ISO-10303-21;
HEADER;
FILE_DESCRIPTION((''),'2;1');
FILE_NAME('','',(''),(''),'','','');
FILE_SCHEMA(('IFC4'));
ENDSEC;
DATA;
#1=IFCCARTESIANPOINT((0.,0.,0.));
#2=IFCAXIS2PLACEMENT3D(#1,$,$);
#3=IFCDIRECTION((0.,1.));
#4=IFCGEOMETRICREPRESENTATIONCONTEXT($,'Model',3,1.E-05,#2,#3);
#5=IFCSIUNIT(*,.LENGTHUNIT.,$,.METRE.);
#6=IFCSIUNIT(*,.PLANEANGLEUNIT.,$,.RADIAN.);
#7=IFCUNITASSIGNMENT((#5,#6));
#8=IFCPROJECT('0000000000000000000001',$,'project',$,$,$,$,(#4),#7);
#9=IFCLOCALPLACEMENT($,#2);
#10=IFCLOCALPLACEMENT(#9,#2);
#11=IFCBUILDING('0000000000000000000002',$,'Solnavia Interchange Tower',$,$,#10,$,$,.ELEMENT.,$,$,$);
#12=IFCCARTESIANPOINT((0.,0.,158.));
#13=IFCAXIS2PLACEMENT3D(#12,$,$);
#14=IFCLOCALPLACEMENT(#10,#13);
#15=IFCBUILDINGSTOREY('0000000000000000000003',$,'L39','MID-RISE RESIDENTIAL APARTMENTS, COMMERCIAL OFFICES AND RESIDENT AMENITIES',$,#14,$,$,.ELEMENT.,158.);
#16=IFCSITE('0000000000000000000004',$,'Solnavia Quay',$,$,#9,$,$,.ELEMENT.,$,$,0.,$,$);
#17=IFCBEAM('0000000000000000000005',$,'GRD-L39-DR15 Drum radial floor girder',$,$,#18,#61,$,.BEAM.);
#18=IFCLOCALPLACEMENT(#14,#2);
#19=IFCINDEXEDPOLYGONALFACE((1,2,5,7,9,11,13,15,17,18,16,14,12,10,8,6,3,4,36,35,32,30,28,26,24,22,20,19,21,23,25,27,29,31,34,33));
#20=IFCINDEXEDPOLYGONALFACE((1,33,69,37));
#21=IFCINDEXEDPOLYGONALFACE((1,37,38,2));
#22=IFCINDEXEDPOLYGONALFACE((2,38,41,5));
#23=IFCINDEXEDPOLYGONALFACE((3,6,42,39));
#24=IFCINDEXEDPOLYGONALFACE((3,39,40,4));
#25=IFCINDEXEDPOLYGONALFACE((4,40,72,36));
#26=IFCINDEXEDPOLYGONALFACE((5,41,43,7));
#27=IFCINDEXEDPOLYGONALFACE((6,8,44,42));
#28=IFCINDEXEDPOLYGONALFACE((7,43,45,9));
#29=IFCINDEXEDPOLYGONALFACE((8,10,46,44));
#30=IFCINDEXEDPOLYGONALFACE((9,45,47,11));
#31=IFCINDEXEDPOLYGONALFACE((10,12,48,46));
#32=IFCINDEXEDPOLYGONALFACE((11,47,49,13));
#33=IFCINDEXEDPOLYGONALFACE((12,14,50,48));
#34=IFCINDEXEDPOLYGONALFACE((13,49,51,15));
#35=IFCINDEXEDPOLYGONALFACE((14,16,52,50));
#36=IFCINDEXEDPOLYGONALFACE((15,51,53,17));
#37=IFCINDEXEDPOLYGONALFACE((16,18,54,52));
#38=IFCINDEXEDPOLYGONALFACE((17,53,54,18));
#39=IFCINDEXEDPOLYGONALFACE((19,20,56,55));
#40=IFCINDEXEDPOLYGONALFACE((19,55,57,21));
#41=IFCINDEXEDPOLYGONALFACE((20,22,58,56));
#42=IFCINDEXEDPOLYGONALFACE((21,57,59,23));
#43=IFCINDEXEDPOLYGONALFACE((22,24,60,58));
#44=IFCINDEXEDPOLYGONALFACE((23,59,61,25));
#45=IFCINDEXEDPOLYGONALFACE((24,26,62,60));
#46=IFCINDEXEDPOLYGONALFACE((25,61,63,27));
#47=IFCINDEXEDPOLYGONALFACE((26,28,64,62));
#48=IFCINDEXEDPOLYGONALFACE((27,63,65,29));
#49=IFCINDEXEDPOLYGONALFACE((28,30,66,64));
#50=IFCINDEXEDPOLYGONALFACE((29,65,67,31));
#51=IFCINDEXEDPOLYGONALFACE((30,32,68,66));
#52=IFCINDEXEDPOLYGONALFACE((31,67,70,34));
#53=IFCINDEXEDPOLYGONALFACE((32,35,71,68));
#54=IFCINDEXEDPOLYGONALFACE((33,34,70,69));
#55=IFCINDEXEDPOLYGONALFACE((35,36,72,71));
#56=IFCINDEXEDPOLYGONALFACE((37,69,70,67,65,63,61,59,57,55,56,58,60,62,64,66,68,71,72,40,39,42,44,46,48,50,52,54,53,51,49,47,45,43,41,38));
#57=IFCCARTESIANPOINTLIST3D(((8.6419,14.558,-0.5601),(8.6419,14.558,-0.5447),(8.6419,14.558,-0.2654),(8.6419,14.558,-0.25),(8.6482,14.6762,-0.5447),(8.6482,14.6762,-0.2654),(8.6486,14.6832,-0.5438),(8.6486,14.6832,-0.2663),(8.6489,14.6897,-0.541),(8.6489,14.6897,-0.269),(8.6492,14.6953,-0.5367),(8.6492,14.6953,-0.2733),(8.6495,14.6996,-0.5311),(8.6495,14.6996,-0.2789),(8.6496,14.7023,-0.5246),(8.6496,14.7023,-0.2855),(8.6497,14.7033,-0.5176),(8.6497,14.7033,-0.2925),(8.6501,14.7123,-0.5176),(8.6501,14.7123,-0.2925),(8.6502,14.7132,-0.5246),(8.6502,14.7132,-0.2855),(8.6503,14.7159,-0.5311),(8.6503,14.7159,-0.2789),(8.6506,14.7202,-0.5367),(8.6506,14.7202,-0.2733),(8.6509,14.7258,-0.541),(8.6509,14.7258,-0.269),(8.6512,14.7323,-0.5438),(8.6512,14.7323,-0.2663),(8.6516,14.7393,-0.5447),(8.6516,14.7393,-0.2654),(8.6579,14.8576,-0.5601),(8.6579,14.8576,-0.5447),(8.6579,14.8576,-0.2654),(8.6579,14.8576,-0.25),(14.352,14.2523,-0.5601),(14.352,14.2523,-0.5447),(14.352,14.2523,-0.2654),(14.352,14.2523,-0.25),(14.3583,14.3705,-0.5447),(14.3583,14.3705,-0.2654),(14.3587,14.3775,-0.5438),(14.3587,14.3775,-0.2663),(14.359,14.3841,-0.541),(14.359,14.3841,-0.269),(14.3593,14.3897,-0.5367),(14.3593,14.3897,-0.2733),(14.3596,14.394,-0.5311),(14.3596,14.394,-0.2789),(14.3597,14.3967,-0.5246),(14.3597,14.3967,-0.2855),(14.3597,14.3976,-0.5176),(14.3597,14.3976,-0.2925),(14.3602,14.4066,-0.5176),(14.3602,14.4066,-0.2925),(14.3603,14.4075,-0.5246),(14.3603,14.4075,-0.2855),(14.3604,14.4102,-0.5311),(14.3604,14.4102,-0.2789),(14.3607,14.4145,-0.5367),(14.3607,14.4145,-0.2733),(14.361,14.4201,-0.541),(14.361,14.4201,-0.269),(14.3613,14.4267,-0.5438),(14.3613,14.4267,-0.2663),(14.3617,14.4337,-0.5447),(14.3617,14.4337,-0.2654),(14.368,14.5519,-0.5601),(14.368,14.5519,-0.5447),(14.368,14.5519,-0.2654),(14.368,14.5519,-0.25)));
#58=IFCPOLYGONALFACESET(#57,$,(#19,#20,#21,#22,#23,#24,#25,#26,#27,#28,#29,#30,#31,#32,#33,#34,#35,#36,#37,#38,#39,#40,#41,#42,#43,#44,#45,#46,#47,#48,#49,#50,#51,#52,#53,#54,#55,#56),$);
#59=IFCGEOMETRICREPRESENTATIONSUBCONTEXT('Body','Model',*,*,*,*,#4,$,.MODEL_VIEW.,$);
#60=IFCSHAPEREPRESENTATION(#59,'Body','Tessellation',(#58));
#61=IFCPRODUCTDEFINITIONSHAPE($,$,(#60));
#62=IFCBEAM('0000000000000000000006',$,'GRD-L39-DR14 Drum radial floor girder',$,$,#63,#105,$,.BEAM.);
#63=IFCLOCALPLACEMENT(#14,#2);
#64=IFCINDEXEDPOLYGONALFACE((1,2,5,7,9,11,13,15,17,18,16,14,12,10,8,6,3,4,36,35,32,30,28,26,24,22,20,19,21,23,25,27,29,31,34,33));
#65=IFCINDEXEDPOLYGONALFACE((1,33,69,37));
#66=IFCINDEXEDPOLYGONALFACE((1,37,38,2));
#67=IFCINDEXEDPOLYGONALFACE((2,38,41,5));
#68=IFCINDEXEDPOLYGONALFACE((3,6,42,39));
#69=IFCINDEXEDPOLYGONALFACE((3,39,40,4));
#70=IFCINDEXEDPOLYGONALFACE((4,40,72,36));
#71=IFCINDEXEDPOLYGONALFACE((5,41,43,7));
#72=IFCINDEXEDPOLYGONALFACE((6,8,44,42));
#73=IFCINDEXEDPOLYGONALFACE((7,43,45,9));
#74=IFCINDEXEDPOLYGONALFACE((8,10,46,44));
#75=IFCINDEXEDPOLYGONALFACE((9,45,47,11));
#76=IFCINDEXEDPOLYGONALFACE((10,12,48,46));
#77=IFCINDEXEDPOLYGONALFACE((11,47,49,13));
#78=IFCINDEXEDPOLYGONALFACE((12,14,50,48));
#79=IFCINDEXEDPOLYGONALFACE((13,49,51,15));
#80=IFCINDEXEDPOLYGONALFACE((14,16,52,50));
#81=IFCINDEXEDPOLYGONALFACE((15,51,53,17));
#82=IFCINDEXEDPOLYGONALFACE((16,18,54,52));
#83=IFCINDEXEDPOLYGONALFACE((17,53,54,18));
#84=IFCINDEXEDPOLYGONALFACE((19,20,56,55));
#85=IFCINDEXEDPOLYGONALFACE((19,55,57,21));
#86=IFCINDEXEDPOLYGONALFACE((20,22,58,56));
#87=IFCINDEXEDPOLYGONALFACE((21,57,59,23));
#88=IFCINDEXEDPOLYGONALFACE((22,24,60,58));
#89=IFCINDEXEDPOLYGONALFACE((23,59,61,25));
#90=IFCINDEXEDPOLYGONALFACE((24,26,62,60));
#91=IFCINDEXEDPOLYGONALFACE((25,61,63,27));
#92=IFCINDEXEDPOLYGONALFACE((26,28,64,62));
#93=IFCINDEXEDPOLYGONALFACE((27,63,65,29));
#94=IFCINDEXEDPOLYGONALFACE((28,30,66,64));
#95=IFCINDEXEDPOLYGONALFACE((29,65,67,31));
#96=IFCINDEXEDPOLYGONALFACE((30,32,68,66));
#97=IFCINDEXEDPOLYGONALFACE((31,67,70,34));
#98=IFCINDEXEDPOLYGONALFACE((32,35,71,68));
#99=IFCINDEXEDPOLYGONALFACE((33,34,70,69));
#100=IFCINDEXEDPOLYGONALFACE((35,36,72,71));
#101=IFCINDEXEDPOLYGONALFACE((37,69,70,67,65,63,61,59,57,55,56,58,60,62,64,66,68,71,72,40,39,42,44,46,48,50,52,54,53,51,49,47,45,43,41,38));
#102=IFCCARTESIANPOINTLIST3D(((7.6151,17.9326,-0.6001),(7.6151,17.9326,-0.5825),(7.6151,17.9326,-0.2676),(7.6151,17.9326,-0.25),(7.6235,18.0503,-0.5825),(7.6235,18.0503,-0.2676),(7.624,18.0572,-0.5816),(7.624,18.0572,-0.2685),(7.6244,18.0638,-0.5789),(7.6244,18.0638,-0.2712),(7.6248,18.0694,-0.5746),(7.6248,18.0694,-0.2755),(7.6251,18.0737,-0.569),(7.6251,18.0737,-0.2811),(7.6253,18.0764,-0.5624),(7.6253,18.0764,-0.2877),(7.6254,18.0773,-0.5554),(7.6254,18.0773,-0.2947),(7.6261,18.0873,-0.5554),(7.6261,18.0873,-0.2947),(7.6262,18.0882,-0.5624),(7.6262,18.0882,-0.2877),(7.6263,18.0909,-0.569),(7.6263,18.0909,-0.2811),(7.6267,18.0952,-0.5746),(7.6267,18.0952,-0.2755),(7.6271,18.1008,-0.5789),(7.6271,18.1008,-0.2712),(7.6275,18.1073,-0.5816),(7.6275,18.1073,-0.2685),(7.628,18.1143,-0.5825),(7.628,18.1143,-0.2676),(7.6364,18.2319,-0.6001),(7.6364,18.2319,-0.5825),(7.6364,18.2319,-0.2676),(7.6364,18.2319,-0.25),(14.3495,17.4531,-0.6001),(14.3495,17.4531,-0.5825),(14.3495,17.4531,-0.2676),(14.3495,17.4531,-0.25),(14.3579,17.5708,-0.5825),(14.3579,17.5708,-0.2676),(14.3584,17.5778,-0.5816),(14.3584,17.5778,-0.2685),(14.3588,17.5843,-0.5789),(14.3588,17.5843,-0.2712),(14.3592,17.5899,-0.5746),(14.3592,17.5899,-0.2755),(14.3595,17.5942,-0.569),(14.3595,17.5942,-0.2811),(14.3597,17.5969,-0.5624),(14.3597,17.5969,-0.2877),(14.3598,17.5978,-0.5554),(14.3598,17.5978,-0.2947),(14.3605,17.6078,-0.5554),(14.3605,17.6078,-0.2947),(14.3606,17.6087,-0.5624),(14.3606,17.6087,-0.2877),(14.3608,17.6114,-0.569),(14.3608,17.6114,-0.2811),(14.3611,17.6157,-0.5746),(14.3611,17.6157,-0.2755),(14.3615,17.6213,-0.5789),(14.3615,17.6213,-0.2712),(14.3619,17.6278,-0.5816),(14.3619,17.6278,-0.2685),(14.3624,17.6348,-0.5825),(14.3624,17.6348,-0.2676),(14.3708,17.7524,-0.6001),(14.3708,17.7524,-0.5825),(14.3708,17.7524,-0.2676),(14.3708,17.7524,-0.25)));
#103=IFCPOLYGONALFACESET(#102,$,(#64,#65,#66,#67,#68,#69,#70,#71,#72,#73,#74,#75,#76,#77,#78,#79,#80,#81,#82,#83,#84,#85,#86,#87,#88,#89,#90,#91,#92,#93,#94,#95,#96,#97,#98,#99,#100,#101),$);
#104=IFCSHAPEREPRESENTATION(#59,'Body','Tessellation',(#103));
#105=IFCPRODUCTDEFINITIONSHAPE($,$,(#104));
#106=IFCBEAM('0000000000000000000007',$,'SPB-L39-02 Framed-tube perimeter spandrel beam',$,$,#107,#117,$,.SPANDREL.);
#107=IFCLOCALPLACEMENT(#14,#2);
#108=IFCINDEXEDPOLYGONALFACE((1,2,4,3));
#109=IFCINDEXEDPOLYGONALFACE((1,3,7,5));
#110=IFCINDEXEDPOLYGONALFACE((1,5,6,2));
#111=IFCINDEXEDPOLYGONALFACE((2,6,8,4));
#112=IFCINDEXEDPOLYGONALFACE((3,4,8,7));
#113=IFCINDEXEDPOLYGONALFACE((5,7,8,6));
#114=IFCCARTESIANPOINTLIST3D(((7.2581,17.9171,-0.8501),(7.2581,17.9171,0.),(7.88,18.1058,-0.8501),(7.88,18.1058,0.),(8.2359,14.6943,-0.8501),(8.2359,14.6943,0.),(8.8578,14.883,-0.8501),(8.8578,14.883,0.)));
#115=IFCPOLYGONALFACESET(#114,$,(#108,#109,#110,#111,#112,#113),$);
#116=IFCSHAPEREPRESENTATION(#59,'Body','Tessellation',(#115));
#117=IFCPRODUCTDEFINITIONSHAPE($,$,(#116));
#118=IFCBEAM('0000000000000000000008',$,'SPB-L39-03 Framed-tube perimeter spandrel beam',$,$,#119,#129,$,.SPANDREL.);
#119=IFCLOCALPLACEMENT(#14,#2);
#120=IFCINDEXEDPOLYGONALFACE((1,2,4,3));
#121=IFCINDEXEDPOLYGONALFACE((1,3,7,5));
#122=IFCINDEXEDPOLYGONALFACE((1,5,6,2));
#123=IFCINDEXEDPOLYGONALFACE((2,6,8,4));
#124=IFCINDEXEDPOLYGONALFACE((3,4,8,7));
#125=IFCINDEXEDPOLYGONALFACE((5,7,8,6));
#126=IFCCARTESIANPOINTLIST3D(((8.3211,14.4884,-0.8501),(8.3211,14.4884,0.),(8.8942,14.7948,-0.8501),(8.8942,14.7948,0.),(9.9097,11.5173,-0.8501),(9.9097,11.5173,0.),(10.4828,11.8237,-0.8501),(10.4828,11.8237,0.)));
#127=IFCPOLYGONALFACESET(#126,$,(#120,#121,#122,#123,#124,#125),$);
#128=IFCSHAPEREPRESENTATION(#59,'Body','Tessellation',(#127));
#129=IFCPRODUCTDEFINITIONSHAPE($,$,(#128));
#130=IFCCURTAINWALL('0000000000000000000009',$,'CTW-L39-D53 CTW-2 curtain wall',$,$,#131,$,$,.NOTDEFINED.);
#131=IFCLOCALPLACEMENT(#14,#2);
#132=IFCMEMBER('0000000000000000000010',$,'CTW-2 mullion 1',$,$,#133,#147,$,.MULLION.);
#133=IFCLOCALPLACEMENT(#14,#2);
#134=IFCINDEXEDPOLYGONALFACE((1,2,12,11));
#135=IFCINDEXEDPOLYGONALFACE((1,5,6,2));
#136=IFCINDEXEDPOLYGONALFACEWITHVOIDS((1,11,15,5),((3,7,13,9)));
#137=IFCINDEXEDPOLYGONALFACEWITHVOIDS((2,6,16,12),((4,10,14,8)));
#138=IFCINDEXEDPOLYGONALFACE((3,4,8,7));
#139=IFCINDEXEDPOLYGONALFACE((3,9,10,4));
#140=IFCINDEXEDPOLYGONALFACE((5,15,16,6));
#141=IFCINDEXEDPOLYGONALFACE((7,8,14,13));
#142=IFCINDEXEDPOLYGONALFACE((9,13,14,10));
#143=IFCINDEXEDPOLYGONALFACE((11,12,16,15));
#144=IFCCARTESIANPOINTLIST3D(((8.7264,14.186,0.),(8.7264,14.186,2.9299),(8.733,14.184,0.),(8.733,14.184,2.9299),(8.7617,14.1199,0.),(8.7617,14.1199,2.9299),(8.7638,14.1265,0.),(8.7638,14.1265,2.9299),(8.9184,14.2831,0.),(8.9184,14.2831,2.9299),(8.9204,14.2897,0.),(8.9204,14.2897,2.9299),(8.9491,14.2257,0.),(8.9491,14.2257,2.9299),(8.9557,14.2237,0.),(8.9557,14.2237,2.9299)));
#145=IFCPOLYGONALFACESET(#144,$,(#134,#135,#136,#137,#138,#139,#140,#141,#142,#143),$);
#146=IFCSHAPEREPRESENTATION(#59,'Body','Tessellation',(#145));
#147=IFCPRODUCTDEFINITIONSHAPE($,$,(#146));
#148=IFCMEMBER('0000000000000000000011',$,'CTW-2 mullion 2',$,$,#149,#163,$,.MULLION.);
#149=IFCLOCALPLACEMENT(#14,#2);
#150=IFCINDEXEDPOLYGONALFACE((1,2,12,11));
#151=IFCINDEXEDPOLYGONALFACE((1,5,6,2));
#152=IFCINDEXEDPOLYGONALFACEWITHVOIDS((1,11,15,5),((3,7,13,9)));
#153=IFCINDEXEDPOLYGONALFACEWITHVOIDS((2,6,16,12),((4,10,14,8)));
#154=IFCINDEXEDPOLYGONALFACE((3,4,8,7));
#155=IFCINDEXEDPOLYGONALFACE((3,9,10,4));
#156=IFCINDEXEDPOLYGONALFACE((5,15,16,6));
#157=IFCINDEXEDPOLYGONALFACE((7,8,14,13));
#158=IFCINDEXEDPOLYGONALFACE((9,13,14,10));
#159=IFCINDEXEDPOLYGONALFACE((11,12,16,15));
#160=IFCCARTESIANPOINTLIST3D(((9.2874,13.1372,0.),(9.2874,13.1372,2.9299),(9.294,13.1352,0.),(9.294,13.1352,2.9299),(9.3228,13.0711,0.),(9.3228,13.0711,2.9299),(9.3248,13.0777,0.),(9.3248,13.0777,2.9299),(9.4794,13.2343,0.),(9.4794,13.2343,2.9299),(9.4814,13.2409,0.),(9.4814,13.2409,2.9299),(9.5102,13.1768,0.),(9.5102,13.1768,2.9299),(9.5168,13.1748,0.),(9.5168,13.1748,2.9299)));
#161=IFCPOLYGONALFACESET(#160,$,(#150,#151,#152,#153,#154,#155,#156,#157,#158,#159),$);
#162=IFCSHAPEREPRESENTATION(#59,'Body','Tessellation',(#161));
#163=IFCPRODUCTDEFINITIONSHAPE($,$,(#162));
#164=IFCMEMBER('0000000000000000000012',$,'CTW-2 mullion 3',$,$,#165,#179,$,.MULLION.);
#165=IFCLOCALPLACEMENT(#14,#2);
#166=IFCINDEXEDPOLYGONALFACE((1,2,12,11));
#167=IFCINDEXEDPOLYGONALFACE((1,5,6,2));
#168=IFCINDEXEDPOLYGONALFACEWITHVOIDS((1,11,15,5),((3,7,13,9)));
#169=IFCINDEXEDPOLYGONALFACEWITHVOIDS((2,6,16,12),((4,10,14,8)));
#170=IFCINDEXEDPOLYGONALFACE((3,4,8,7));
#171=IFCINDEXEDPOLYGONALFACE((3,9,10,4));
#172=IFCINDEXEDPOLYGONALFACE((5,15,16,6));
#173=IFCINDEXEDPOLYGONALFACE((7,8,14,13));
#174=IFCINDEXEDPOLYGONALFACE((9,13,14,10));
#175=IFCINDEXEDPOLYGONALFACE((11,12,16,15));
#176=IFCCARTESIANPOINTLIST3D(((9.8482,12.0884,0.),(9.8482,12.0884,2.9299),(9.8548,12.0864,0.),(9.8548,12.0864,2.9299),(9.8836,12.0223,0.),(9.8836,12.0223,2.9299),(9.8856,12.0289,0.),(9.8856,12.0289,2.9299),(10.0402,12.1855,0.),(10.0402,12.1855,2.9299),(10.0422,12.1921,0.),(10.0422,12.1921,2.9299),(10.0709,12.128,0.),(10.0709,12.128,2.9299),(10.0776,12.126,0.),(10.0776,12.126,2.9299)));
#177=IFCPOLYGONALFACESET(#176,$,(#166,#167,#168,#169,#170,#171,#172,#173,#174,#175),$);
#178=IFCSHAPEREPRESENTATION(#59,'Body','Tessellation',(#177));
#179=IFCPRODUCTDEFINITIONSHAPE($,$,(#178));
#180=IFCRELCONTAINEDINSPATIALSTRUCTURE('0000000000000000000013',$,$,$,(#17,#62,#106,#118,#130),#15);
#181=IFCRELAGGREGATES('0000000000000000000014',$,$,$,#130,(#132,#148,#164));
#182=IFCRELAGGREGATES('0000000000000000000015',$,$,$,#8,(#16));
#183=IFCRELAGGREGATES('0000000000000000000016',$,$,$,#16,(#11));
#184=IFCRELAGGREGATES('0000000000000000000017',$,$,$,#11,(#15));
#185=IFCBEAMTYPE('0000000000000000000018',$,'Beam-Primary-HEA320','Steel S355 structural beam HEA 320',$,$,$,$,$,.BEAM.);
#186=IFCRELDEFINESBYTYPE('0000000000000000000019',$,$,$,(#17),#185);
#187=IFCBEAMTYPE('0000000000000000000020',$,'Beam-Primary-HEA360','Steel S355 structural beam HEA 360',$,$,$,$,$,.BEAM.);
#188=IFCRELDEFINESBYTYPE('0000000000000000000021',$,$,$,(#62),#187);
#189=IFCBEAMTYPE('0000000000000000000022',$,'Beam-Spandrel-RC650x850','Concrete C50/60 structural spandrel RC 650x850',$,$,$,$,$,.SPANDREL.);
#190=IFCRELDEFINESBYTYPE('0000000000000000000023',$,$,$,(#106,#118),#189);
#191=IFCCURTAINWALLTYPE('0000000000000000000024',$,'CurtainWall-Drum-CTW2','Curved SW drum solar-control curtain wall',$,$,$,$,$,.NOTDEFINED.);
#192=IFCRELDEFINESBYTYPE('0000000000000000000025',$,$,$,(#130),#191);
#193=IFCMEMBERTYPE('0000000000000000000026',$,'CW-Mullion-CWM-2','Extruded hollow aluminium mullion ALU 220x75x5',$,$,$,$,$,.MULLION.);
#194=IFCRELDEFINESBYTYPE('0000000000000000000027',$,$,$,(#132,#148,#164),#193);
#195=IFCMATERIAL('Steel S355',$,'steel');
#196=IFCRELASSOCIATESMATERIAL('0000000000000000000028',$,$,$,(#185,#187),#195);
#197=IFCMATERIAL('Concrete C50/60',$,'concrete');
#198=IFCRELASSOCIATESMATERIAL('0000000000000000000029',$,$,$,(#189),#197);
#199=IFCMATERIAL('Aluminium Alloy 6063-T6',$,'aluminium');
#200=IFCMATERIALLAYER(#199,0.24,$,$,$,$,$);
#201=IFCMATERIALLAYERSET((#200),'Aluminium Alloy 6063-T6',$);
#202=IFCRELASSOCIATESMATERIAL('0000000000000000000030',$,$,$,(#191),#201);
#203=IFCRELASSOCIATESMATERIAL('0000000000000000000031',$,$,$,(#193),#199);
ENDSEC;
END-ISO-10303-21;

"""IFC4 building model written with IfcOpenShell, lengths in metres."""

from ifc_helpers import new_model, si_unit, direction, frame, origin, origin_2d, place, context, subcontext, project, spatial, rectangle, hollow_rectangle, i_section, extrude, material, layer, layer_set, material_profile, profile_set, type_object, element, aggregate, save


model = new_model("IFC4")

# Units and contexts
model_context = context("Model", 3, precision=1e-05, world=origin(), true_north=direction((0.0, 1.0)))
body_context = subcontext(model_context, "Body", "Model", "MODEL_VIEW")
ifc_project = project(units=[si_unit("LENGTHUNIT", "METRE"), si_unit("PLANEANGLEUNIT", "RADIAN")], contexts=[model_context])

# Site, building, storey
site_placement = place(None, origin())
site = spatial("IfcSite", under=ifc_project, at=site_placement, Name="Solnavia Quay", CompositionType="ELEMENT", RefElevation=0.0)
building_placement = place(site_placement, origin())
building = spatial("IfcBuilding", under=site, at=building_placement, Name="Solnavia Interchange Tower", CompositionType="ELEMENT")
storey_placement = place(building_placement, frame((0.0, 0.0, 158.0)))
storey = spatial("IfcBuildingStorey", under=building, at=storey_placement, Name="L39", Description="MID-RISE RESIDENTIAL APARTMENTS, COMMERCIAL OFFICES AND RESIDENT AMENITIES", CompositionType="ELEMENT", Elevation=158.0)

# Shared definitions
ifc_material_1 = material(Name="Concrete C50/60", Category="concrete")

# Beams
ifc_material_2 = material(Name="Steel S355", Category="steel")
ifc_material_profile_1 = material_profile(ifc_material_2, i_section(OverallWidth=0.3, OverallDepth=0.3101, WebThickness=0.009, FlangeThickness=0.0154, FilletRadius=0.0271, at=origin_2d()), Name="HEA 320")
ifc_profile_set_1 = profile_set([ifc_material_profile_1], Name="Steel S355")
beam_type_1 = type_object("IfcBeamType", Name="Beam-Primary-HEA320", Description="Steel S355 structural beam HEA 320", PredefinedType="BEAM", material=ifc_profile_set_1)
beam_1_placement = place(storey_placement, frame((8.6499, 14.7078, -0.405), z_axis=(0.99857, -0.053453, 0.0), x_axis=(0.053453, 0.99857, 0.0)))
element("IfcBeam", 1, at=beam_1_placement, inside=storey, type_object=beam_type_1, Name="GRD-L39-DR15 Drum radial floor girder", PredefinedType="BEAM", context=body_context, shape_type="SweptSolid", body=[
    extrude(i_section(OverallWidth=0.3, OverallDepth=0.3101, WebThickness=0.009, FlangeThickness=0.0154, FilletRadius=0.0271, at=origin_2d()), origin(), (0.0, 0.0, 1.0), 5.7183),
])
ifc_material_profile_2 = material_profile(ifc_material_2, i_section(OverallWidth=0.3, OverallDepth=0.3501, WebThickness=0.01, FlangeThickness=0.0176, FilletRadius=0.0271, at=origin_2d()), Name="HEA 360")
ifc_profile_set_2 = profile_set([ifc_material_profile_2], Name="Steel S355")
beam_type_2 = type_object("IfcBeamType", Name="Beam-Primary-HEA360", Description="Steel S355 structural beam HEA 360", PredefinedType="BEAM", material=ifc_profile_set_2)
beam_2_placement = place(storey_placement, frame((7.6257, 18.0823, -0.425), z_axis=(0.997475, -0.071021, 0.0), x_axis=(0.071021, 0.997475, 0.0)))
element("IfcBeam", 2, at=beam_2_placement, inside=storey, type_object=beam_type_2, Name="GRD-L39-DR14 Drum radial floor girder", PredefinedType="BEAM", context=body_context, shape_type="SweptSolid", body=[
    extrude(i_section(OverallWidth=0.3, OverallDepth=0.3501, WebThickness=0.01, FlangeThickness=0.0176, FilletRadius=0.0271, at=origin_2d()), origin(), (0.0, 0.0, 1.0), 6.7515),
])
ifc_material_profile_3 = material_profile(ifc_material_1, rectangle(XDim=0.6499, YDim=0.8501, at=origin_2d()), Name="RC 650x850")
ifc_profile_set_3 = profile_set([ifc_material_profile_3], Name="Concrete C50/60")
beam_type_3 = type_object("IfcBeamType", Name="Beam-Spandrel-RC650x850", Description="Concrete C50/60 structural spandrel RC 650x850", PredefinedType="SPANDREL", material=ifc_profile_set_3)
beam_3_placement = place(storey_placement, frame((7.5691, 18.0115, -0.425), z_axis=(0.290319, -0.95693, 0.0), x_axis=(0.95693, 0.290319, 0.0)))
element("IfcBeam", 3, at=beam_3_placement, inside=storey, type_object=beam_type_3, Name="SPB-L39-02 Framed-tube perimeter spandrel beam", PredefinedType="SPANDREL", context=body_context, shape_type="SweptSolid", body=[
    extrude(rectangle(XDim=0.6499, YDim=0.8501, at=origin_2d()), origin(), (0.0, 0.0, 1.0), 3.3679),
])
beam_4_placement = place(storey_placement, frame((8.6077, 14.6416, -0.425), z_axis=(0.471509, -0.881861, 0.0), x_axis=(0.881861, 0.471509, 0.0)))
element("IfcBeam", 4, at=beam_4_placement, inside=storey, type_object=beam_type_3, Name="SPB-L39-03 Framed-tube perimeter spandrel beam", PredefinedType="SPANDREL", context=body_context, shape_type="SweptSolid", body=[
    extrude(rectangle(XDim=0.6499, YDim=0.8501, at=origin_2d()), origin(), (0.0, 0.0, 1.0), 3.3691),
])

# Curtain wall, members
ifc_material_3 = material(Name="Aluminium Alloy 6063-T6", Category="aluminium")
ifc_layer_1 = layer(ifc_material_3, 0.24)
ifc_layer_set_1 = layer_set([ifc_layer_1], Name="Aluminium Alloy 6063-T6")
curtain_wall_type = type_object("IfcCurtainWallType", Name="CurtainWall-Drum-CTW2", Description="Curved SW drum solar-control curtain wall", PredefinedType="NOTDEFINED", material=ifc_layer_set_1)
curtain_wall_placement = place(storey_placement, origin())
curtain_wall = element("IfcCurtainWall", 5, at=curtain_wall_placement, inside=storey, type_object=curtain_wall_type, Name="CTW-L39-D53 CTW-2 curtain wall", PredefinedType="NOTDEFINED")
ifc_material_profile_4 = material_profile(ifc_material_3, hollow_rectangle(XDim=0.075, YDim=0.22, WallThickness=0.0049, at=origin_2d()), Name="ALU 220x75x5")
ifc_profile_set_4 = profile_set([ifc_material_profile_4], Name="Aluminium Alloy 6063-T6")
member_type_1 = type_object("IfcMemberType", Name="CW-Mullion-CWM-2", Description="Extruded hollow aluminium mullion ALU 220x75x5", PredefinedType="MULLION", material=ifc_profile_set_4)
member_1_placement = place(storey_placement, frame((8.8411, 14.2048, 0.0), z_axis=(0.0, 0.0, 1.0), x_axis=(0.471561, -0.881834, 0.0)))
member_1 = element("IfcMember", 6, at=member_1_placement, type_object=member_type_1, Name="CTW-2 mullion 1", PredefinedType="MULLION", context=body_context, shape_type="SweptSolid", body=[
    extrude(hollow_rectangle(XDim=0.075, YDim=0.22, WallThickness=0.0049, at=origin_2d()), origin(), (0.0, 0.0, 1.0), 2.9299),
])
member_2_placement = place(storey_placement, frame((9.4021, 13.156, 0.0), z_axis=(0.0, 0.0, 1.0), x_axis=(0.471561, -0.881834, 0.0)))
member_2 = element("IfcMember", 7, at=member_2_placement, type_object=member_type_1, Name="CTW-2 mullion 2", PredefinedType="MULLION", context=body_context, shape_type="SweptSolid", body=[
    extrude(hollow_rectangle(XDim=0.075, YDim=0.22, WallThickness=0.0049, at=origin_2d()), origin(), (0.0, 0.0, 1.0), 2.9299),
])
member_3_placement = place(storey_placement, frame((9.9629, 12.1072, 0.0), z_axis=(0.0, 0.0, 1.0), x_axis=(0.471561, -0.881834, 0.0)))
member_3 = element("IfcMember", 8, at=member_3_placement, type_object=member_type_1, Name="CTW-2 mullion 3", PredefinedType="MULLION", context=body_context, shape_type="SweptSolid", body=[
    extrude(hollow_rectangle(XDim=0.075, YDim=0.22, WallThickness=0.0049, at=origin_2d()), origin(), (0.0, 0.0, 1.0), 2.9299),
])
aggregate(curtain_wall, [member_1, member_2, member_3])

save(model, "model.ifc")
